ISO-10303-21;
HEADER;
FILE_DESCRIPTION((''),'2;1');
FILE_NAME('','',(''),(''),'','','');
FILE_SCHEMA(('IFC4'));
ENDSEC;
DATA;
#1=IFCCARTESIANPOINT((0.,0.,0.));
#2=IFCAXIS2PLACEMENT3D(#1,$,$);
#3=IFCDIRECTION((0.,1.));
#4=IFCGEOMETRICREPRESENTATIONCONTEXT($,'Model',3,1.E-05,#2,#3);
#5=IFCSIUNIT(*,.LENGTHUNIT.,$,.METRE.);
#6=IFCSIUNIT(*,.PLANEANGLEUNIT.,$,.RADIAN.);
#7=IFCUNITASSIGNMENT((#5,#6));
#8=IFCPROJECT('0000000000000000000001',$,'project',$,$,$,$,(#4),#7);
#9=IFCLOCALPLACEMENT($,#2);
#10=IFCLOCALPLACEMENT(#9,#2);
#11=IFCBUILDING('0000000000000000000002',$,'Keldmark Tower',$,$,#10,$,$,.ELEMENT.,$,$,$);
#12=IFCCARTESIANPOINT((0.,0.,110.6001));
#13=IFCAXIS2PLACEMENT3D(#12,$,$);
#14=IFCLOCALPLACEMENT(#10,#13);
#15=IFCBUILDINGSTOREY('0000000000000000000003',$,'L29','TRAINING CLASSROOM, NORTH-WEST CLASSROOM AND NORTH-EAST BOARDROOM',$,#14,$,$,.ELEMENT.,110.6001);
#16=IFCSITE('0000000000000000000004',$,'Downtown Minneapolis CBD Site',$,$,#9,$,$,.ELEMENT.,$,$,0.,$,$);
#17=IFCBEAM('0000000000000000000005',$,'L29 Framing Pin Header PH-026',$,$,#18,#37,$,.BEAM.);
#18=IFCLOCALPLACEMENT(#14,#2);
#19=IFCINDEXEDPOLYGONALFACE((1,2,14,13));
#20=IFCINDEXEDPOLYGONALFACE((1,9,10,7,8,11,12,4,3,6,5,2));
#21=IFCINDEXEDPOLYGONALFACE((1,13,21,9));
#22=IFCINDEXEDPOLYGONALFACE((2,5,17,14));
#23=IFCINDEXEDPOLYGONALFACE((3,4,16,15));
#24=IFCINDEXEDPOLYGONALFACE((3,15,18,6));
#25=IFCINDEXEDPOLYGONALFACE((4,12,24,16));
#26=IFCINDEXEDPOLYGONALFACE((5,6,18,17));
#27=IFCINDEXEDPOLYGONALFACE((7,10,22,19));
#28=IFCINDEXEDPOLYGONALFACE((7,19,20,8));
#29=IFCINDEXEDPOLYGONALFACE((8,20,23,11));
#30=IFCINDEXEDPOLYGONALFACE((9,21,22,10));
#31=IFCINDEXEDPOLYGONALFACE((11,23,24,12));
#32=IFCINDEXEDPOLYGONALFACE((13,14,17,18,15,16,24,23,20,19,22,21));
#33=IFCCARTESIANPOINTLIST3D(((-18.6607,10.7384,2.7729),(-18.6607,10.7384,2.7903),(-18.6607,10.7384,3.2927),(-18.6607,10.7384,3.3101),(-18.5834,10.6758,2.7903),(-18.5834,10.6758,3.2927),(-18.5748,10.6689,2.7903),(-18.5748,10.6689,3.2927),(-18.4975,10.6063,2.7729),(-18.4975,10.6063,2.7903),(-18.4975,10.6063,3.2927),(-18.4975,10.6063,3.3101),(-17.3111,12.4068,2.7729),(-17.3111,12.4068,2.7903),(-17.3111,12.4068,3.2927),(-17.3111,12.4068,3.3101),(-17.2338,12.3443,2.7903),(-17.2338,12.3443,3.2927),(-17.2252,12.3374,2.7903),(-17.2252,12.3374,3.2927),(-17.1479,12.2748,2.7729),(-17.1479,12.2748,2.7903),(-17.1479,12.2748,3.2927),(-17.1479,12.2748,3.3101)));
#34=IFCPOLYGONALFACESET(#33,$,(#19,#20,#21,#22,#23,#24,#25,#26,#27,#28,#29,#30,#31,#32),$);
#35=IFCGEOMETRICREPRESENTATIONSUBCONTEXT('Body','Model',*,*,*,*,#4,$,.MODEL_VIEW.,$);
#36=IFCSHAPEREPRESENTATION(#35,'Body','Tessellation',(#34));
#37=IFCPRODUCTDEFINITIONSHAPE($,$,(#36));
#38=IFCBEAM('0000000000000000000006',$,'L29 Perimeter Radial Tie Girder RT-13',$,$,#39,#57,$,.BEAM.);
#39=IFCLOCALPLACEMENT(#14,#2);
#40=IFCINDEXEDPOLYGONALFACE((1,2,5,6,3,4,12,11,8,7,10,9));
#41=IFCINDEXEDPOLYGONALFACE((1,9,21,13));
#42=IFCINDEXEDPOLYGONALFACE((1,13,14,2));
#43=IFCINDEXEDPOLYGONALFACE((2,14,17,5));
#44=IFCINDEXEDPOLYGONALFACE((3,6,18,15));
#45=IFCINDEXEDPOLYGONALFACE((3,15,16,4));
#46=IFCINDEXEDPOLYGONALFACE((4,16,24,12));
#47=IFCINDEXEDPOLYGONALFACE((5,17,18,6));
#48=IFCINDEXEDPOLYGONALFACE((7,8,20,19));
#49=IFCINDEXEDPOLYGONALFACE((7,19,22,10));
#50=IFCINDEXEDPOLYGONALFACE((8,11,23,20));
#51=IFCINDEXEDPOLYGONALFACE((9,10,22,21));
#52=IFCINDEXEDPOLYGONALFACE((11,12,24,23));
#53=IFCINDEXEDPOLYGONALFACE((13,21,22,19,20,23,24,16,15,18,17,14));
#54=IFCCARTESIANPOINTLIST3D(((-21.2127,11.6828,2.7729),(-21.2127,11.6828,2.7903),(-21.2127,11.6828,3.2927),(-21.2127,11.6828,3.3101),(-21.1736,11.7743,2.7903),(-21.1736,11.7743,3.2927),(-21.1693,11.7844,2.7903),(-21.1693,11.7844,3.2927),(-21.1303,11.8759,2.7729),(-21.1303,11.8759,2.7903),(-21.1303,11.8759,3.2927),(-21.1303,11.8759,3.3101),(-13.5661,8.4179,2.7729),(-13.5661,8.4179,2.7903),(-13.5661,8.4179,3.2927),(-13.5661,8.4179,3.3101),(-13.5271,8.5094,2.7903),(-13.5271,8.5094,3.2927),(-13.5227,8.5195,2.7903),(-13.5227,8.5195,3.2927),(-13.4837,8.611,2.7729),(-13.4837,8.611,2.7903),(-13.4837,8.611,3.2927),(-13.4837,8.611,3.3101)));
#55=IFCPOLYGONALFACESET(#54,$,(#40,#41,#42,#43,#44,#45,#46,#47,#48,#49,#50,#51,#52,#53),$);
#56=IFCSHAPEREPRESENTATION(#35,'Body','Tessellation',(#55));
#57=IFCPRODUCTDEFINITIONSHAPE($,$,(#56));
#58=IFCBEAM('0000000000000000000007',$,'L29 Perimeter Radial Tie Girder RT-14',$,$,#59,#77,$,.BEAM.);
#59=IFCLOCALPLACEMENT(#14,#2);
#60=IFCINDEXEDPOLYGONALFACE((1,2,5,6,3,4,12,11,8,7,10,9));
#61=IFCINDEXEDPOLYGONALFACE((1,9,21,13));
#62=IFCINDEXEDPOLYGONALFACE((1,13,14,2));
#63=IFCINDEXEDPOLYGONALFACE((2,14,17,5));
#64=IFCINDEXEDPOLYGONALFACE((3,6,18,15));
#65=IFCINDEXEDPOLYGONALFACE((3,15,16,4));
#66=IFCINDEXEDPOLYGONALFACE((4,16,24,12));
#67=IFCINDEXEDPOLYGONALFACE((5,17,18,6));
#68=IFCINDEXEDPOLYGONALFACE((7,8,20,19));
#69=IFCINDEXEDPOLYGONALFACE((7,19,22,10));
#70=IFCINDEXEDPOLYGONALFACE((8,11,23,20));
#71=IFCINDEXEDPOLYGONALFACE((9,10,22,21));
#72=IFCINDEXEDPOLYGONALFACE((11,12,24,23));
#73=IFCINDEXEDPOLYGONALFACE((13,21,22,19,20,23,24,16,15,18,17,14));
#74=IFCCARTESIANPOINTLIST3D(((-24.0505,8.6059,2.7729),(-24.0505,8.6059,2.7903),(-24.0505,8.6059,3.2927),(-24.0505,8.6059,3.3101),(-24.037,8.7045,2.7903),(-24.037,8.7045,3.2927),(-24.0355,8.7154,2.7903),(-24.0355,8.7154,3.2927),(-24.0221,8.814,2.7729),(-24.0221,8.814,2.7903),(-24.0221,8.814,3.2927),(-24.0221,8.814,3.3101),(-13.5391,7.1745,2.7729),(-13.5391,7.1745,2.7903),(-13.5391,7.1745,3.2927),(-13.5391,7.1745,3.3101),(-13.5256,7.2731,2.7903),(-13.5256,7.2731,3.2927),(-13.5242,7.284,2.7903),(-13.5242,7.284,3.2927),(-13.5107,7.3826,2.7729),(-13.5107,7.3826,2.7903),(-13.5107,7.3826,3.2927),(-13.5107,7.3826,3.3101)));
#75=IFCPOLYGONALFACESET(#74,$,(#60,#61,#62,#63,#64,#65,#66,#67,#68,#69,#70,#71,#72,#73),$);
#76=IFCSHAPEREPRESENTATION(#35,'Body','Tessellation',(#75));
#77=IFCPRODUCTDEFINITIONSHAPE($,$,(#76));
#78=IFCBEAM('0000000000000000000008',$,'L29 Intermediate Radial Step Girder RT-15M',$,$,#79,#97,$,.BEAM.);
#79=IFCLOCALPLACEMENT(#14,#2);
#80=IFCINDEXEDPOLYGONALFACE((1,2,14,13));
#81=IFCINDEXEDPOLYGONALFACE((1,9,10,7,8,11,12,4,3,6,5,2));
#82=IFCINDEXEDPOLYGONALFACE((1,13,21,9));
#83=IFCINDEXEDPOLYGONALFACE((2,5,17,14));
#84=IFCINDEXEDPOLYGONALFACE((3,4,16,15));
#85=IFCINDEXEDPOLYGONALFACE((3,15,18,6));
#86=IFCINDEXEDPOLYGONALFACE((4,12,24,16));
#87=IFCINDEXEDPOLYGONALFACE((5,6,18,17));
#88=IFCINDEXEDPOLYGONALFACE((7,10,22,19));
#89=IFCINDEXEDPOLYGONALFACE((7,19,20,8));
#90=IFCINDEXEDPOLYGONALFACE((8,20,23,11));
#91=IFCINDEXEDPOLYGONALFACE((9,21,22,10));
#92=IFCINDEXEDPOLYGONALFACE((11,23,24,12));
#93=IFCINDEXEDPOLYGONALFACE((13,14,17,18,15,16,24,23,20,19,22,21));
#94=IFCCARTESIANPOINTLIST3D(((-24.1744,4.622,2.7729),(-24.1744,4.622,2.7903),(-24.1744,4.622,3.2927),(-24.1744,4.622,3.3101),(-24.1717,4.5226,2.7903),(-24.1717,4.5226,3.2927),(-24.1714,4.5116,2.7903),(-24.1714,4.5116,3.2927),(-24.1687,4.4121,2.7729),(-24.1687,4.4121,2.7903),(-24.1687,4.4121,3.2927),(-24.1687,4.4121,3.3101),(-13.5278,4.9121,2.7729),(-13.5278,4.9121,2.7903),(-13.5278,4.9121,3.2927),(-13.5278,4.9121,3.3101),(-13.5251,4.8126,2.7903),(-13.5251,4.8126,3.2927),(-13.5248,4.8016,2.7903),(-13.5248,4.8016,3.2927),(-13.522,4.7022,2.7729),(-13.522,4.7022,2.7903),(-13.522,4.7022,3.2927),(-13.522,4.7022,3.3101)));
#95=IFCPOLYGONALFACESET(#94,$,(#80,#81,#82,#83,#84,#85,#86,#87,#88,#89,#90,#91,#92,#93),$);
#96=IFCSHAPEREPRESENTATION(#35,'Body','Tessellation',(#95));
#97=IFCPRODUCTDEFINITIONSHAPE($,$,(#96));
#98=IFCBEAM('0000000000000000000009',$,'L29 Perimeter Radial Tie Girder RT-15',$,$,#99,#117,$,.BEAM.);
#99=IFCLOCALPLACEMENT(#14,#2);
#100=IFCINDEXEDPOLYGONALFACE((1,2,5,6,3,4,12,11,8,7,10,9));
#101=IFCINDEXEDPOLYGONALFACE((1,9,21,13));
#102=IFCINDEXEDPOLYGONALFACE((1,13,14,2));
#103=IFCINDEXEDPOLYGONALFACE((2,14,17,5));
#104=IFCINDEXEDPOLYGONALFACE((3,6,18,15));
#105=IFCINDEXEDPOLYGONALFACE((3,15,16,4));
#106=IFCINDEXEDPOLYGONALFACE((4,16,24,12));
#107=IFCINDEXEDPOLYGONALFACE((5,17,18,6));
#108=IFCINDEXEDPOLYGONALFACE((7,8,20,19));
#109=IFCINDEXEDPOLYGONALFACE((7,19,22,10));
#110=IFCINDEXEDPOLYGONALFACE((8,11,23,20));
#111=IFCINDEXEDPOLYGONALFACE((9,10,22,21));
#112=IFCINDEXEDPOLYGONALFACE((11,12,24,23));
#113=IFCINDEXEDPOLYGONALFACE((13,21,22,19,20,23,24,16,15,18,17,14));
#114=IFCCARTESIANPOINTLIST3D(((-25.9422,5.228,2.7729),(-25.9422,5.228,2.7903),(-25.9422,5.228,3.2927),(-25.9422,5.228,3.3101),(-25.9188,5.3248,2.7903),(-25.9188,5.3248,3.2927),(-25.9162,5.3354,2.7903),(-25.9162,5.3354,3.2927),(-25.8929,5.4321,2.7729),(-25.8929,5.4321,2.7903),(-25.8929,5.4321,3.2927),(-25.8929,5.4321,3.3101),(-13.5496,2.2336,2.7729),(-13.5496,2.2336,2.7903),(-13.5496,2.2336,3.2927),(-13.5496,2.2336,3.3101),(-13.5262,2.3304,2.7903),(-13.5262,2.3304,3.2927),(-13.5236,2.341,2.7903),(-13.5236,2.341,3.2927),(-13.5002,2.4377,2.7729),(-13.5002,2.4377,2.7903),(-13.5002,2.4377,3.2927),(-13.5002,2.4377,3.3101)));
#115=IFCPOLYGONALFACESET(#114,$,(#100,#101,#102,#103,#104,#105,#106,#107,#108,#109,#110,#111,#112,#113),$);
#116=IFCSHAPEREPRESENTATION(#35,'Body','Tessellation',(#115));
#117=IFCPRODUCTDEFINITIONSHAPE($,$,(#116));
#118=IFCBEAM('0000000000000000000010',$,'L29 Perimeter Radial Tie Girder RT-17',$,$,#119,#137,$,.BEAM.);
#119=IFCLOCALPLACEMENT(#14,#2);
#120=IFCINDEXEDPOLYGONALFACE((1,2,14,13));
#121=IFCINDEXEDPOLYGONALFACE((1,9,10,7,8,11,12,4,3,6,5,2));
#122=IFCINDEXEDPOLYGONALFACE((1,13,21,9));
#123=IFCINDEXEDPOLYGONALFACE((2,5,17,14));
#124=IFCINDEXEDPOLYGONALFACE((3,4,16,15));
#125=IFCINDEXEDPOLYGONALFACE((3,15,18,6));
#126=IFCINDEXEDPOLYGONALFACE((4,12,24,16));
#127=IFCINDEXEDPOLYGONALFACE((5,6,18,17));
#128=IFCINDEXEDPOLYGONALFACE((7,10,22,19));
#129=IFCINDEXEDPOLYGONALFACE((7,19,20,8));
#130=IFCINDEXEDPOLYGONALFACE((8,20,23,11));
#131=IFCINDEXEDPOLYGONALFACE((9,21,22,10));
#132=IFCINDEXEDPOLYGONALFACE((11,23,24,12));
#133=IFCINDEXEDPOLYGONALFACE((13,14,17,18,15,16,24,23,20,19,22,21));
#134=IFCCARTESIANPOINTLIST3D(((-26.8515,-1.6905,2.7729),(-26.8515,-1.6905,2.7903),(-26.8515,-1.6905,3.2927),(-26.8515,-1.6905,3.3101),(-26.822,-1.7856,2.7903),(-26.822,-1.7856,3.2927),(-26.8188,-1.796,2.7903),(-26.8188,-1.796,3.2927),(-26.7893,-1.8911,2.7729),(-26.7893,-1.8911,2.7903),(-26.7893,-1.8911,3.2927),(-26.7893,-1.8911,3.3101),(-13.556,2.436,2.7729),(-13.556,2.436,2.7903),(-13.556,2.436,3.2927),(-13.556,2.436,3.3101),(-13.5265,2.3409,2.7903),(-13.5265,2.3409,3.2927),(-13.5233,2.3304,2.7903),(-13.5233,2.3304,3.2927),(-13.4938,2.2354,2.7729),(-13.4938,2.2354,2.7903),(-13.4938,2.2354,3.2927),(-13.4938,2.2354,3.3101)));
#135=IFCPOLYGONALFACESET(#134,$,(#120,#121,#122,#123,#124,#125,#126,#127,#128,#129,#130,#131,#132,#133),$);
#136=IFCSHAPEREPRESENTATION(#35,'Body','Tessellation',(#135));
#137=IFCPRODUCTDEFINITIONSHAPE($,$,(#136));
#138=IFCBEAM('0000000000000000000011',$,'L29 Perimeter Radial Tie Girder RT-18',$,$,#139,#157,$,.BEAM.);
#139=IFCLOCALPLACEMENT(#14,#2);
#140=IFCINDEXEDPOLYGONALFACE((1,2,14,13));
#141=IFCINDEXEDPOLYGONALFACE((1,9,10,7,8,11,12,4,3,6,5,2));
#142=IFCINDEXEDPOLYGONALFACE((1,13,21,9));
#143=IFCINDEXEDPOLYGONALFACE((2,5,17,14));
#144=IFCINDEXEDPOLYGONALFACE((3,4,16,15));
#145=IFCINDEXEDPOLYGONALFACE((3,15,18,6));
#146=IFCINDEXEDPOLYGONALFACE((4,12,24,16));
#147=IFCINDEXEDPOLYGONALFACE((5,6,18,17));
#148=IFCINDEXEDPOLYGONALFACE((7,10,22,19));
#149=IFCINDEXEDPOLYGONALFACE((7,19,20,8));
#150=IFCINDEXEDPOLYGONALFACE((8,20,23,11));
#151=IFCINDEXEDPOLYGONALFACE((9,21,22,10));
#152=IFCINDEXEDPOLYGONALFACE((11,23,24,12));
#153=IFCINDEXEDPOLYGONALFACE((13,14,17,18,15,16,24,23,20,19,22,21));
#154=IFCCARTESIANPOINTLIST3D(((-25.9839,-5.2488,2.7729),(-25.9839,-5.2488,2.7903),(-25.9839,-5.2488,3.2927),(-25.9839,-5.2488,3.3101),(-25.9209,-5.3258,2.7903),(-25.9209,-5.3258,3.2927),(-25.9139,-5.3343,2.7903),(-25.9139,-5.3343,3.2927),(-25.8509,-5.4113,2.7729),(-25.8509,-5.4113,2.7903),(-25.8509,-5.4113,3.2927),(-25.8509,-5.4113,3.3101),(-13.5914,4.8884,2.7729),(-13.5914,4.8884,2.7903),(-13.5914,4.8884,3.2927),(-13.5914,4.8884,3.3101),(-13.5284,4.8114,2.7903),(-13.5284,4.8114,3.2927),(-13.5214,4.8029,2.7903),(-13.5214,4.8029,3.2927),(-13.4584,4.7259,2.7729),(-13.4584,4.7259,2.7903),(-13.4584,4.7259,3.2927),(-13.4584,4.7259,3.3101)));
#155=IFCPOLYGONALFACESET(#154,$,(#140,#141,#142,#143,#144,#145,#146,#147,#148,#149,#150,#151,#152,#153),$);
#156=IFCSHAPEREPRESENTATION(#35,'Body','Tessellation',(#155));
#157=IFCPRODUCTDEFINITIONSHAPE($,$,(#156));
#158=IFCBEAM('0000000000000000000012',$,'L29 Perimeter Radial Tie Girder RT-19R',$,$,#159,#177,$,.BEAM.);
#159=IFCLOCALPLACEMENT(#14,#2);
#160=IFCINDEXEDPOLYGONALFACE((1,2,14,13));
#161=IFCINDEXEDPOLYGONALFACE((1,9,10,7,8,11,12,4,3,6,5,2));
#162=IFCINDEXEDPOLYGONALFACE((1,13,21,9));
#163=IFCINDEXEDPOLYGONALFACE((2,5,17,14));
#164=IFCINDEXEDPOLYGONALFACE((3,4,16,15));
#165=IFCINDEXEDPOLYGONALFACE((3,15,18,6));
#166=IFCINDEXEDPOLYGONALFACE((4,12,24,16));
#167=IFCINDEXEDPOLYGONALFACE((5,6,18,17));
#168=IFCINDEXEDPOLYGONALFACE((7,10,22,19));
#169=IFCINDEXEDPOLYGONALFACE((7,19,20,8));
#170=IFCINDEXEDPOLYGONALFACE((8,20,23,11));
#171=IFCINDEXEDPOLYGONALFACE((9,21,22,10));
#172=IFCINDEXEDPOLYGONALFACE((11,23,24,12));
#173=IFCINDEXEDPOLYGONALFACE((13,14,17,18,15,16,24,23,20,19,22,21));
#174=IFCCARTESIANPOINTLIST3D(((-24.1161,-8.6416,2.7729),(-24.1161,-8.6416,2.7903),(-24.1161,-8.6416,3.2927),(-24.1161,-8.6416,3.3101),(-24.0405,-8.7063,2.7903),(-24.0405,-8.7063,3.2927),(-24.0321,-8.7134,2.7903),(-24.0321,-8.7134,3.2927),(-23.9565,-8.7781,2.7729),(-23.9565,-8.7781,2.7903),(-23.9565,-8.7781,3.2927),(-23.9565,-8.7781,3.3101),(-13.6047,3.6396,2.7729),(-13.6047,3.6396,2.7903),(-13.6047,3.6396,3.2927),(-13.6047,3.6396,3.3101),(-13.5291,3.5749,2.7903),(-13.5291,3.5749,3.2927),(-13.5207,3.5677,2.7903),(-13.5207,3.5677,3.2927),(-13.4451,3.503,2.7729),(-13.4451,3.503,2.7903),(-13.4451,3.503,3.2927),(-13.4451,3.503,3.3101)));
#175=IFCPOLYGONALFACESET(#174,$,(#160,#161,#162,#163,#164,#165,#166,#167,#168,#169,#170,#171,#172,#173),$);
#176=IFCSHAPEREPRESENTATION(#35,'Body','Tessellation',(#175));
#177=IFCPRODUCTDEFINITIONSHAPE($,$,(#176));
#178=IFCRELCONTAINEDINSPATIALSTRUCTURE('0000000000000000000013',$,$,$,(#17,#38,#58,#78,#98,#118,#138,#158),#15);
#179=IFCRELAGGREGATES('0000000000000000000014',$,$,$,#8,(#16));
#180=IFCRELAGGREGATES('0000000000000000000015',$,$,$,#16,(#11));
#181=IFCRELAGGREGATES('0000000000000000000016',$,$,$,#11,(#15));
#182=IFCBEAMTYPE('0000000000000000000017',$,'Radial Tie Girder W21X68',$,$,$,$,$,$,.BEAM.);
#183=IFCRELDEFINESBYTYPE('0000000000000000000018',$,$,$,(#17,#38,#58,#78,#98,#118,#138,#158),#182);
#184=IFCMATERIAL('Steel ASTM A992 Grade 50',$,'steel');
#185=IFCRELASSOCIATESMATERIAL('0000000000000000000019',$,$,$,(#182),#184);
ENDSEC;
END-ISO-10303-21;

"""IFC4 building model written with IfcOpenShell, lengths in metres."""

from ifc_helpers import new_model, si_unit, direction, frame, origin, origin_2d, place, context, subcontext, project, spatial, i_section, extrude, material, material_profile, profile_set, type_object, element, save


model = new_model("IFC4")

# Units and contexts
model_context = context("Model", 3, precision=1e-05, world=origin(), true_north=direction((0.0, 1.0)))
body_context = subcontext(model_context, "Body", "Model", "MODEL_VIEW")
ifc_project = project(units=[si_unit("LENGTHUNIT", "METRE"), si_unit("PLANEANGLEUNIT", "RADIAN")], contexts=[model_context])

# Site, building, storey
site_placement = place(None, origin())
site = spatial("IfcSite", under=ifc_project, at=site_placement, Name="Downtown Minneapolis CBD Site", CompositionType="ELEMENT", RefElevation=0.0)
building_placement = place(site_placement, origin())
building = spatial("IfcBuilding", under=site, at=building_placement, Name="Keldmark Tower", CompositionType="ELEMENT")
storey_placement = place(building_placement, frame((0.0, 0.0, 110.6001)))
storey = spatial("IfcBuildingStorey", under=building, at=storey_placement, Name="L29", Description="TRAINING CLASSROOM, NORTH-WEST CLASSROOM AND NORTH-EAST BOARDROOM", CompositionType="ELEMENT", Elevation=110.6001)

# Beams
ifc_material_1 = material(Name="Steel ASTM A992 Grade 50", Category="steel")
ifc_material_profile_1 = material_profile(ifc_material_1, i_section(OverallWidth=0.21, OverallDepth=0.5371, WebThickness=0.011, FlangeThickness=0.0173, at=origin_2d()), Name="W21X68")
ifc_profile_set_1 = profile_set([ifc_material_profile_1], Name="Steel ASTM A992 Grade 50")
beam_type_1 = type_object("IfcBeamType", Name="Radial Tie Girder W21X68", PredefinedType="BEAM", material=ifc_profile_set_1)
beam_1_placement = place(storey_placement, frame((-17.2295, 12.3408, 3.0415), z_axis=(-0.628904, -0.777483, 0.0), x_axis=(0.777483, -0.628904, 0.0)))
element("IfcBeam", 1, at=beam_1_placement, inside=storey, type_object=beam_type_1, Name="L29 Framing Pin Header PH-026", PredefinedType="BEAM", context=body_context, shape_type="SweptSolid", body=[
    extrude(i_section(OverallWidth=0.21, OverallDepth=0.5371, WebThickness=0.011, FlangeThickness=0.0173, at=origin_2d()), origin(), (0.0, 0.0, 1.0), 2.146),
])
beam_2_placement = place(storey_placement, frame((-13.5249, 8.5144, 3.0415), z_axis=(-0.919674, 0.392682, 0.0), x_axis=(-0.392682, -0.919674, 0.0)))
element("IfcBeam", 2, at=beam_2_placement, inside=storey, type_object=beam_type_1, Name="L29 Perimeter Radial Tie Girder RT-13", PredefinedType="BEAM", context=body_context, shape_type="SweptSolid", body=[
    extrude(i_section(OverallWidth=0.21, OverallDepth=0.5371, WebThickness=0.011, FlangeThickness=0.0173, at=origin_2d()), origin(), (0.0, 0.0, 1.0), 8.3145),
])
beam_3_placement = place(storey_placement, frame((-13.5249, 7.2786, 3.0415), z_axis=(-0.990855, 0.134929, 0.0), x_axis=(-0.134929, -0.990855, 0.0)))
element("IfcBeam", 3, at=beam_3_placement, inside=storey, type_object=beam_type_1, Name="L29 Perimeter Radial Tie Girder RT-14", PredefinedType="BEAM", context=body_context, shape_type="SweptSolid", body=[
    extrude(i_section(OverallWidth=0.21, OverallDepth=0.5371, WebThickness=0.011, FlangeThickness=0.0173, at=origin_2d()), origin(), (0.0, 0.0, 1.0), 10.6084),
])
beam_4_placement = place(storey_placement, frame((-13.5249, 4.8071, 3.0415), z_axis=(-0.999629, -0.027232, 0.0), x_axis=(0.027232, -0.999629, 0.0)))
element("IfcBeam", 4, at=beam_4_placement, inside=storey, type_object=beam_type_1, Name="L29 Intermediate Radial Step Girder RT-15M", PredefinedType="BEAM", context=body_context, shape_type="SweptSolid", body=[
    extrude(i_section(OverallWidth=0.21, OverallDepth=0.5371, WebThickness=0.011, FlangeThickness=0.0173, at=origin_2d()), origin(), (0.0, 0.0, 1.0), 10.6506),
])
beam_5_placement = place(storey_placement, frame((-13.5249, 2.3357, 3.0415), z_axis=(-0.972027, 0.234868, 0.0), x_axis=(-0.234868, -0.972027, 0.0)))
element("IfcBeam", 5, at=beam_5_placement, inside=storey, type_object=beam_type_1, Name="L29 Perimeter Radial Tie Girder RT-15", PredefinedType="BEAM", context=body_context, shape_type="SweptSolid", body=[
    extrude(i_section(OverallWidth=0.21, OverallDepth=0.5371, WebThickness=0.011, FlangeThickness=0.0173, at=origin_2d()), origin(), (0.0, 0.0, 1.0), 12.7493),
])
beam_6_placement = place(storey_placement, frame((-13.5249, 2.3357, 3.0415), z_axis=(-0.955058, -0.296419, 0.0), x_axis=(0.296419, -0.955058, 0.0)))
element("IfcBeam", 6, at=beam_6_placement, inside=storey, type_object=beam_type_1, Name="L29 Perimeter Radial Tie Girder RT-17", PredefinedType="BEAM", context=body_context, shape_type="SweptSolid", body=[
    extrude(i_section(OverallWidth=0.21, OverallDepth=0.5371, WebThickness=0.011, FlangeThickness=0.0173, at=origin_2d()), origin(), (0.0, 0.0, 1.0), 13.9211),
])
beam_7_placement = place(storey_placement, frame((-13.5249, 4.8071, 3.0415), z_axis=(-0.774024, -0.633156, 0.0), x_axis=(0.633156, -0.774024, 0.0)))
element("IfcBeam", 7, at=beam_7_placement, inside=storey, type_object=beam_type_1, Name="L29 Perimeter Radial Tie Girder RT-18", PredefinedType="BEAM", context=body_context, shape_type="SweptSolid", body=[
    extrude(i_section(OverallWidth=0.21, OverallDepth=0.5371, WebThickness=0.011, FlangeThickness=0.0173, at=origin_2d()), origin(), (0.0, 0.0, 1.0), 16.0105),
])
beam_8_placement = place(storey_placement, frame((-13.5249, 3.5713, 3.0415), z_axis=(-0.650245, -0.759724, 0.0), x_axis=(0.759724, -0.650245, 0.0)))
element("IfcBeam", 8, at=beam_8_placement, inside=storey, type_object=beam_type_1, Name="L29 Perimeter Radial Tie Girder RT-19R", PredefinedType="BEAM", context=body_context, shape_type="SweptSolid", body=[
    extrude(i_section(OverallWidth=0.21, OverallDepth=0.5371, WebThickness=0.011, FlangeThickness=0.0173, at=origin_2d()), origin(), (0.0, 0.0, 1.0), 16.1653),
])

save(model, "model.ifc")
